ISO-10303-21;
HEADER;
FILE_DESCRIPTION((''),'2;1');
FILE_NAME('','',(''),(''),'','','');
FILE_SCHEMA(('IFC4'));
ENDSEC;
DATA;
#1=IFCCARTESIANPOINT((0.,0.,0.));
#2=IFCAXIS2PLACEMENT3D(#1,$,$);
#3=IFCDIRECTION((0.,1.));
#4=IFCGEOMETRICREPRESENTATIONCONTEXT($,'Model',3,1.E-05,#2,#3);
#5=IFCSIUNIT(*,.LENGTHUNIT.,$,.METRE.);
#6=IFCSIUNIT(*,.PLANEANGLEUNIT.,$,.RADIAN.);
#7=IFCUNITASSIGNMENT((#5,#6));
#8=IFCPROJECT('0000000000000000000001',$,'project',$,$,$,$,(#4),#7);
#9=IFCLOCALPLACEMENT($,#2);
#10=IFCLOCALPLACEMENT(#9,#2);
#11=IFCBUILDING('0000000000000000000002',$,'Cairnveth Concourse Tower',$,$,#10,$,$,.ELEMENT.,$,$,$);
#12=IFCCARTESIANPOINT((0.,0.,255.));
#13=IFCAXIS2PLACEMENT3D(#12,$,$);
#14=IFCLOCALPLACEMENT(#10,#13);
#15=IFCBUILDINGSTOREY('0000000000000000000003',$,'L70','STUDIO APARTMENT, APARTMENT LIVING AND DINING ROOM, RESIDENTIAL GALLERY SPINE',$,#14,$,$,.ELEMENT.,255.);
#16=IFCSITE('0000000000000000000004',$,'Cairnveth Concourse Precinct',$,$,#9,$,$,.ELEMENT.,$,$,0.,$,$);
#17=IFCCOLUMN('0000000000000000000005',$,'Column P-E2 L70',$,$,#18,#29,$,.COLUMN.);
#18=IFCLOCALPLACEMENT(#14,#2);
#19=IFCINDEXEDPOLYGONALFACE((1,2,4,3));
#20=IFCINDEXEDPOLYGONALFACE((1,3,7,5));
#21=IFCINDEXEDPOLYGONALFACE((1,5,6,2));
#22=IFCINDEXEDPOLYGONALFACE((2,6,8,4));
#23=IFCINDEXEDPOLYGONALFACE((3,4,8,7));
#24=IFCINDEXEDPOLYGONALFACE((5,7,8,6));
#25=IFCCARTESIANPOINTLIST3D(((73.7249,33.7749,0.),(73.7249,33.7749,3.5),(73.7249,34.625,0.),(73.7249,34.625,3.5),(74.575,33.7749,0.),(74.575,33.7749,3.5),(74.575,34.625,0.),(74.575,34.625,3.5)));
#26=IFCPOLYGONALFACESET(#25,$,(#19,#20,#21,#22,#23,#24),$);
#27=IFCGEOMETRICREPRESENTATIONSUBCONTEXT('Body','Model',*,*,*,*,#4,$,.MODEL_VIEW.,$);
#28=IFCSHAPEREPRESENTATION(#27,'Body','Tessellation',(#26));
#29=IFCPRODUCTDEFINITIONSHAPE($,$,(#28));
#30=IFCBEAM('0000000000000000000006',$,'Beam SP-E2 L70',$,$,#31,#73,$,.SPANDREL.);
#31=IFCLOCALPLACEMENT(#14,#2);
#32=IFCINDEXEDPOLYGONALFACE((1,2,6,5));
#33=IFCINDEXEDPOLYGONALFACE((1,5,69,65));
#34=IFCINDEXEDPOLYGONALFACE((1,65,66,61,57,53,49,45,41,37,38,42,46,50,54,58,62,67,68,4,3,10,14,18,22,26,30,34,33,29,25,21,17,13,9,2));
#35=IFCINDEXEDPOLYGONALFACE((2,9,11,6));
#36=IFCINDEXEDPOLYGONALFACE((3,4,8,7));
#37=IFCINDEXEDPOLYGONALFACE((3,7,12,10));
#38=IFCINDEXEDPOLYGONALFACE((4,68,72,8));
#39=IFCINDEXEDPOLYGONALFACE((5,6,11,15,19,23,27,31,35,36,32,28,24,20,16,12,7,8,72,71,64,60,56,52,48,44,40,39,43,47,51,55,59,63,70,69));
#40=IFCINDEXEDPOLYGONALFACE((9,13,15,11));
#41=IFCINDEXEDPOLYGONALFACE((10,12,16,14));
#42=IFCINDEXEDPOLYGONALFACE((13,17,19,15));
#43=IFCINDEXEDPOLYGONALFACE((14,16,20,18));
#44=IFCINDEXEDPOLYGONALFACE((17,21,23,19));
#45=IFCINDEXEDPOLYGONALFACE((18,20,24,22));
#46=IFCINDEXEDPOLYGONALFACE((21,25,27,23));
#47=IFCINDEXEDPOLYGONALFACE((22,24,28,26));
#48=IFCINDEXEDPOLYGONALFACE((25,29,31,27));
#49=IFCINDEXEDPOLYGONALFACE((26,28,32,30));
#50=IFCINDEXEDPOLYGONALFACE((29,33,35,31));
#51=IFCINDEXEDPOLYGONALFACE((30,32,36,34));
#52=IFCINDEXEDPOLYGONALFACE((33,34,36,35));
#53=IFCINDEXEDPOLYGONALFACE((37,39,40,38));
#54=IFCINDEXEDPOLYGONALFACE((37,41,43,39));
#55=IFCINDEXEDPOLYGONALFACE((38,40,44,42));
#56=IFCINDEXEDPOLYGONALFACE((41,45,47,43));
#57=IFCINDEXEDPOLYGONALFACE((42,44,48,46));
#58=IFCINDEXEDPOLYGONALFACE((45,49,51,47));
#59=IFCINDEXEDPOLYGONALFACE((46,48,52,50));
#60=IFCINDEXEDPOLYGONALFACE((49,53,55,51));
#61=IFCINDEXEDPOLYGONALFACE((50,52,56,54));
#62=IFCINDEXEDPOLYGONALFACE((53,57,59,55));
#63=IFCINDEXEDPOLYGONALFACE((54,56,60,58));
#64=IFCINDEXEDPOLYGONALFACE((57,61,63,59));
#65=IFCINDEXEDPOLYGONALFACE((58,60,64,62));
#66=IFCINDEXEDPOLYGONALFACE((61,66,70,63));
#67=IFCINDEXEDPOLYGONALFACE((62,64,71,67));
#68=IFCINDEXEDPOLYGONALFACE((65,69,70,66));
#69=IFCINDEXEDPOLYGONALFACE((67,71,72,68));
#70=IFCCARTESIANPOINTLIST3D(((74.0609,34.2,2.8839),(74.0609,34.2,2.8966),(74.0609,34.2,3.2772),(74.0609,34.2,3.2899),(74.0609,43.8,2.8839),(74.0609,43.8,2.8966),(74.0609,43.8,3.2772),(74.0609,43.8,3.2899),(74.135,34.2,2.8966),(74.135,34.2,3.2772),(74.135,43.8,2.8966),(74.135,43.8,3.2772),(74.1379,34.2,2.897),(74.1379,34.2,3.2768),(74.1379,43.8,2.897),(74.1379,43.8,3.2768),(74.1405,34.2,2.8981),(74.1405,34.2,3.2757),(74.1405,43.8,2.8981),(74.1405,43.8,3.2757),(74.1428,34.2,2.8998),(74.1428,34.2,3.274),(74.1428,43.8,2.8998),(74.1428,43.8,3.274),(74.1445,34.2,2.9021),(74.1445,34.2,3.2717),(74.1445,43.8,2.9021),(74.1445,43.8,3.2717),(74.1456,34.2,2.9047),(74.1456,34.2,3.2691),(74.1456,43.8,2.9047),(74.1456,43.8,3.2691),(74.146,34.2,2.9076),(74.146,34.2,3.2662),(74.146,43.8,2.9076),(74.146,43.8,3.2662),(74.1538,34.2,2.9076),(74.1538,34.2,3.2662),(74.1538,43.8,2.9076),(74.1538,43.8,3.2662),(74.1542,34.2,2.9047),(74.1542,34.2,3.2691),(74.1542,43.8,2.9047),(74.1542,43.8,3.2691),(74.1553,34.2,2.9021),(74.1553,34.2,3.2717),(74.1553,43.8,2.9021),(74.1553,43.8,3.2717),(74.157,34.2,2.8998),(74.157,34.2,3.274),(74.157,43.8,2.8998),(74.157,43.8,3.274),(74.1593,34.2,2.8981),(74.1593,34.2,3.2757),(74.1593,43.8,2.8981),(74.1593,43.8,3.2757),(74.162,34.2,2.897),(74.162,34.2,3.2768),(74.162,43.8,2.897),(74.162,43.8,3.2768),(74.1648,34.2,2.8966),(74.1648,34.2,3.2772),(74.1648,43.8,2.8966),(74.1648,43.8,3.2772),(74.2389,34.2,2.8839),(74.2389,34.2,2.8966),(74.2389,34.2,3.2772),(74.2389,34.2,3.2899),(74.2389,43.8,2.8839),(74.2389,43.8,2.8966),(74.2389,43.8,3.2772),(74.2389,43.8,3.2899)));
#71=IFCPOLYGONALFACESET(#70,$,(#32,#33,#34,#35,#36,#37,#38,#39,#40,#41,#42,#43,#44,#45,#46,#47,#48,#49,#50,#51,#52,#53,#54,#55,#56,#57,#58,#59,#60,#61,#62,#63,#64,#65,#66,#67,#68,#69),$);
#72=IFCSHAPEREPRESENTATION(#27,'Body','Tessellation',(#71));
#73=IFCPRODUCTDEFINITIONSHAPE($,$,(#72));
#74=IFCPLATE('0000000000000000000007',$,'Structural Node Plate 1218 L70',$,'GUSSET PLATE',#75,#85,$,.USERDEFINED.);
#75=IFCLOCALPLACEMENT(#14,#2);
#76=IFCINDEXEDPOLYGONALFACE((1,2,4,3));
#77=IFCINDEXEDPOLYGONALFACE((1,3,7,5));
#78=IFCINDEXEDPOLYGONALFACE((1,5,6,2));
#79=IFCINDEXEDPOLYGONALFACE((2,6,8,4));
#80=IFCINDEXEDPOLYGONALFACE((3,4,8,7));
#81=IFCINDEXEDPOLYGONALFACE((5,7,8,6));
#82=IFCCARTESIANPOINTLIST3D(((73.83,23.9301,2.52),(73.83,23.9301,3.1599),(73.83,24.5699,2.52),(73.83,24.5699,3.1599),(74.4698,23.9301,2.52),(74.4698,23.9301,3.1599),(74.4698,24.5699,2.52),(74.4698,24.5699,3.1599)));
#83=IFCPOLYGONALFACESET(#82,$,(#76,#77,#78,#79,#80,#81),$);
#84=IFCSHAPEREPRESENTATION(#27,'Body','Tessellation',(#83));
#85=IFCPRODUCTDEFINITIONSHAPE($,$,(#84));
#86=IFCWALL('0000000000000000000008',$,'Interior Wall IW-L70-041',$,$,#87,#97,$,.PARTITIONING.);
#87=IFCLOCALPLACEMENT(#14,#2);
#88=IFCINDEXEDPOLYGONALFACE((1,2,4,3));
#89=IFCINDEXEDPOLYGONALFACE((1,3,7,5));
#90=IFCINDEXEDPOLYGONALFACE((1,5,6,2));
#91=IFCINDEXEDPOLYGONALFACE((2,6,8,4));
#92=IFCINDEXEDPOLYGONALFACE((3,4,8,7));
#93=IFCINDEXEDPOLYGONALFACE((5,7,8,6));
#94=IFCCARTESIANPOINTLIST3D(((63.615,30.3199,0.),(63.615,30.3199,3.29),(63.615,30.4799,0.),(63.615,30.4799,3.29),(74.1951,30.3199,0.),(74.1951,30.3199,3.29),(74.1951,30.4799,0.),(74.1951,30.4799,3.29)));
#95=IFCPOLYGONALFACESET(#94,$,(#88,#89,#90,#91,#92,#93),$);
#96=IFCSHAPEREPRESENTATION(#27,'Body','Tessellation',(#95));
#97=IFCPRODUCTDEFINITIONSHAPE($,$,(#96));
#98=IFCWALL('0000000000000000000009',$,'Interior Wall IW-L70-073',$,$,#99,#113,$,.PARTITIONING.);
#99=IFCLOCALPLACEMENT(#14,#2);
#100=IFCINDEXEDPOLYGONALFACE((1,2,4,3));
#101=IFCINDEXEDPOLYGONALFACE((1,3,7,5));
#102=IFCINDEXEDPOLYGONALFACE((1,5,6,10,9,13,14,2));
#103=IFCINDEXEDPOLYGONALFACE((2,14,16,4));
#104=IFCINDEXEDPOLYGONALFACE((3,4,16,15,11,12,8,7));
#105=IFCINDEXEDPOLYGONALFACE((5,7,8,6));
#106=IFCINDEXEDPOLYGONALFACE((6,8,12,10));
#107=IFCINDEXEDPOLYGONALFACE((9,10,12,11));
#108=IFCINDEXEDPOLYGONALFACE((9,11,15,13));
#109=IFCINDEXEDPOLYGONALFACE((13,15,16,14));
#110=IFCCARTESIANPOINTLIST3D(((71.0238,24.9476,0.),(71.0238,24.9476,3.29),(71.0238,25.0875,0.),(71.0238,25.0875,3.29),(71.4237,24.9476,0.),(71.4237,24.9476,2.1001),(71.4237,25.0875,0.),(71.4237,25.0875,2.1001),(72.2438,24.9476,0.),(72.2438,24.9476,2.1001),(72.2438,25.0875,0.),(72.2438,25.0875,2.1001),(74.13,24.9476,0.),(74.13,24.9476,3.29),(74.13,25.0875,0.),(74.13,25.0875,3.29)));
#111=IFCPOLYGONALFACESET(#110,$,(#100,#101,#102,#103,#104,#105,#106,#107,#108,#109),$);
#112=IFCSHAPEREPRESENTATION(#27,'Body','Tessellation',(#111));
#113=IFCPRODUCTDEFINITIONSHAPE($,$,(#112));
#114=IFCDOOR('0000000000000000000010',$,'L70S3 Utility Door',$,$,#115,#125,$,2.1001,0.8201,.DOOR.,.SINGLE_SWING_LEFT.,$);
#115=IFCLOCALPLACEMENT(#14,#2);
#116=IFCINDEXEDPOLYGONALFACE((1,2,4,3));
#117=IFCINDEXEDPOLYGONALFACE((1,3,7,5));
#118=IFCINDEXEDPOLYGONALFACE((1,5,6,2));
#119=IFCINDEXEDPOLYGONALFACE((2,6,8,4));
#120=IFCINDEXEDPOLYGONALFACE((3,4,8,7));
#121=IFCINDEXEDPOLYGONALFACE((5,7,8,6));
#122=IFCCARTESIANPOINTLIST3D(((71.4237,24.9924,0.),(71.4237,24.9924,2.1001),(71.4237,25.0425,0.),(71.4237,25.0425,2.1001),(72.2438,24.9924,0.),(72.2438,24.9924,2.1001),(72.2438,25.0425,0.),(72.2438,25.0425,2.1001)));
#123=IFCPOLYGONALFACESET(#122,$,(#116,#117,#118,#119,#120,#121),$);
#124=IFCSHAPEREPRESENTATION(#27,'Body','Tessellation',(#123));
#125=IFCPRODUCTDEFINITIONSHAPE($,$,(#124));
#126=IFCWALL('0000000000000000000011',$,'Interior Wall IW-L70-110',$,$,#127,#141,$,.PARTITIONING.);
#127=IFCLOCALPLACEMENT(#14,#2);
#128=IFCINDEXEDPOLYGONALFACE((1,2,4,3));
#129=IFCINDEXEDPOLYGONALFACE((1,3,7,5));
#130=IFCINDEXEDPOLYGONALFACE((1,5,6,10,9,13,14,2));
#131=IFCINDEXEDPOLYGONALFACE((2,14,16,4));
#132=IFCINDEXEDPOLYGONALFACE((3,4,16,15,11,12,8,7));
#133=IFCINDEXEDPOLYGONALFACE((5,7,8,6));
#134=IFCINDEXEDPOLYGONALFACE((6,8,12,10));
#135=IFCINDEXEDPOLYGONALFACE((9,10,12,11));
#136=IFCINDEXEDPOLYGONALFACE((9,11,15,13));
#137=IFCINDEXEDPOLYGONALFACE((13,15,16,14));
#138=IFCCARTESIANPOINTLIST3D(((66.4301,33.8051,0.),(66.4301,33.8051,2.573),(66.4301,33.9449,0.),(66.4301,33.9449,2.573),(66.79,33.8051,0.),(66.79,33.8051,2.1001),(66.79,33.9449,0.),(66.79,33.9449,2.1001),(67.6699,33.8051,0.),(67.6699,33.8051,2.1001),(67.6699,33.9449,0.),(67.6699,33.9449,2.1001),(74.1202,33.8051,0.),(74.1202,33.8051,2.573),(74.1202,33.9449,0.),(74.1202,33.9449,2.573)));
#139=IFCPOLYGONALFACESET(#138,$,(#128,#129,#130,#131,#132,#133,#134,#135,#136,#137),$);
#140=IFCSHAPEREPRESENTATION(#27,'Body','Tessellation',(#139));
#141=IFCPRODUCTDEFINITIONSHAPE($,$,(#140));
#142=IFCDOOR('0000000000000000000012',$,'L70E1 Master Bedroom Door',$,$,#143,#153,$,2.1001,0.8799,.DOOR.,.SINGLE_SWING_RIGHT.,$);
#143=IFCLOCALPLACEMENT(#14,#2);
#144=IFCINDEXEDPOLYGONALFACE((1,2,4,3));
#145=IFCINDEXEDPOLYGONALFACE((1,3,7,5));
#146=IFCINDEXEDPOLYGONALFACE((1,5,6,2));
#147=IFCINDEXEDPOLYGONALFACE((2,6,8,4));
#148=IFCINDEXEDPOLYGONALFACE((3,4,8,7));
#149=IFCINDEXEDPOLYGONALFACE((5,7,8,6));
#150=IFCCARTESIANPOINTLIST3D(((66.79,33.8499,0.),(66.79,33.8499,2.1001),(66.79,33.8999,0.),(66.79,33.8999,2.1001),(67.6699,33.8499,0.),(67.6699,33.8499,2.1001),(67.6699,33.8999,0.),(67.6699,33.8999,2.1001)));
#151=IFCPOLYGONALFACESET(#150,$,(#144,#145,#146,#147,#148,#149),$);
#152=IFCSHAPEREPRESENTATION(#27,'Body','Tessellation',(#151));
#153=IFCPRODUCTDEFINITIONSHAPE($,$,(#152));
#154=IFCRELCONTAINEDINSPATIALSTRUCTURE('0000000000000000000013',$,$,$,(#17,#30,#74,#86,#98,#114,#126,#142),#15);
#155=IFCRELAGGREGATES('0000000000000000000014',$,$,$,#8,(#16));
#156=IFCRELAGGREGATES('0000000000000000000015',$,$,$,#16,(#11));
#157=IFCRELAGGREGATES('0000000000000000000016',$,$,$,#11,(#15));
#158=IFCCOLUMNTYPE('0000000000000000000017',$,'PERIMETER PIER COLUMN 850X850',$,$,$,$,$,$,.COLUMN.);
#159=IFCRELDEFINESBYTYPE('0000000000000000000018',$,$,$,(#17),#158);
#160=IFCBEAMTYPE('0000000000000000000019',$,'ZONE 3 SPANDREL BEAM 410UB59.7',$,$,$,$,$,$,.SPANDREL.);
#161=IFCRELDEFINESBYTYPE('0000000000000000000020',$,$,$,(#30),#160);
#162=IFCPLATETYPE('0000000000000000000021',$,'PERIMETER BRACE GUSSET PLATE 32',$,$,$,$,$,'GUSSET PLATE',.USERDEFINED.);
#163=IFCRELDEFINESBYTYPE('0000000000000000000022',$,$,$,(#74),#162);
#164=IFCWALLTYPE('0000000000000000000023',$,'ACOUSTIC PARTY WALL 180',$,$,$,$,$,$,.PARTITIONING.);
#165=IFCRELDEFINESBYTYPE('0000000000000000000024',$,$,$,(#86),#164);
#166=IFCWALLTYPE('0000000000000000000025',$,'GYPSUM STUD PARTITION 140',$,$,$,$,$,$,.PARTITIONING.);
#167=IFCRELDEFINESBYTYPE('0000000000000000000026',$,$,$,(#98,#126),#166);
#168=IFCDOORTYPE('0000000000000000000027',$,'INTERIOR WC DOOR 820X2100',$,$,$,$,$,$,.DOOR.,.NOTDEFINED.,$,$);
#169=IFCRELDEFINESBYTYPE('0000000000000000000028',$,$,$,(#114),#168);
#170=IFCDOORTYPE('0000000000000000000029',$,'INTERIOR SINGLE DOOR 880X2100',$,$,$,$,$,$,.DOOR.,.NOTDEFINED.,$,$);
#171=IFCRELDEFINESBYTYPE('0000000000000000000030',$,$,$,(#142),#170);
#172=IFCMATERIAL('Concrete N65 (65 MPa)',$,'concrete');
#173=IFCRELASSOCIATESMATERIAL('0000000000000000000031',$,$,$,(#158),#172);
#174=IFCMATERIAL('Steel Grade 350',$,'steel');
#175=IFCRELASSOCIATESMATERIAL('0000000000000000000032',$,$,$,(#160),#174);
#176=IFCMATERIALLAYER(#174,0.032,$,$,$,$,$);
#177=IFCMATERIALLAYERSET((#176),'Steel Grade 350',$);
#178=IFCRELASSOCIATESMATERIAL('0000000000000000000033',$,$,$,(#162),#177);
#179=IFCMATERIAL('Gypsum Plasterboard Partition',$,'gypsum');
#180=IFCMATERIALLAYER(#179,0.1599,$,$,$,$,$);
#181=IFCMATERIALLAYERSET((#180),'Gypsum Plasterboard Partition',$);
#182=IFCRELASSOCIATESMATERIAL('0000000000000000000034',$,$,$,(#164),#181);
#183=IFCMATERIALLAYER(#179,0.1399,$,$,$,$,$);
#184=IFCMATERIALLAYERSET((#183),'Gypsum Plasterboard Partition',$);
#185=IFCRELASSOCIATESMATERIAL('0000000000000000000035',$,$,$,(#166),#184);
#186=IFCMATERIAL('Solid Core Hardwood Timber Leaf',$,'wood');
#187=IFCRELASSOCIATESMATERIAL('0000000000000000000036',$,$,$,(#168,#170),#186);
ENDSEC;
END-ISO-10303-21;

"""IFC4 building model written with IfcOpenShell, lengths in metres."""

from ifc_helpers import new_model, si_unit, direction, frame, frame_2d, origin, origin_2d, place, context, subcontext, project, spatial, rectangle, i_section, extrude, material, layer, layer_set, material_profile, profile_set, type_object, element, fill, save


model = new_model("IFC4")

# Units and contexts
model_context = context("Model", 3, precision=1e-05, world=origin(), true_north=direction((0.0, 1.0)))
body_context = subcontext(model_context, "Body", "Model", "MODEL_VIEW")
ifc_project = project(units=[si_unit("LENGTHUNIT", "METRE"), si_unit("PLANEANGLEUNIT", "RADIAN")], contexts=[model_context])

# Site, building, storey
site_placement = place(None, origin())
site = spatial("IfcSite", under=ifc_project, at=site_placement, Name="Cairnveth Concourse Precinct", CompositionType="ELEMENT", RefElevation=0.0)
building_placement = place(site_placement, origin())
building = spatial("IfcBuilding", under=site, at=building_placement, Name="Cairnveth Concourse Tower", CompositionType="ELEMENT")
storey_placement = place(building_placement, frame((0.0, 0.0, 255.0)))
storey = spatial("IfcBuildingStorey", under=building, at=storey_placement, Name="L70", Description="STUDIO APARTMENT, APARTMENT LIVING AND DINING ROOM, RESIDENTIAL GALLERY SPINE", CompositionType="ELEMENT", Elevation=255.0)

# Column
ifc_material_1 = material(Name="Concrete N65 (65 MPa)", Category="concrete")
ifc_material_profile_1 = material_profile(ifc_material_1, rectangle(XDim=0.8501, YDim=0.8501, at=origin_2d()), Name="RC-COL-850x850")
ifc_profile_set_1 = profile_set([ifc_material_profile_1], Name="Concrete N65 (65 MPa)")
column_type = type_object("IfcColumnType", Name="PERIMETER PIER COLUMN 850X850", PredefinedType="COLUMN", material=ifc_profile_set_1)
column_placement = place(storey_placement, frame((74.1499, 34.2, 0.0), z_axis=(0.0, 0.0, 1.0), x_axis=(0.0, 1.0, 0.0)))
element("IfcColumn", 1, at=column_placement, inside=storey, type_object=column_type, Name="Column P-E2 L70", PredefinedType="COLUMN", context=body_context, shape_type="SweptSolid", body=[
    extrude(rectangle(XDim=0.8501, YDim=0.8501, at=origin_2d()), origin(), (0.0, 0.0, 1.0), 3.5),
])

# Beam
ifc_material_2 = material(Name="Steel Grade 350", Category="steel")
ifc_material_profile_2 = material_profile(ifc_material_2, i_section(OverallWidth=0.178, OverallDepth=0.406, WebThickness=0.0078, FlangeThickness=0.0127, FilletRadius=0.011, at=origin_2d()), Name="410UB59.7")
ifc_profile_set_2 = profile_set([ifc_material_profile_2], Name="Steel Grade 350")
beam_type = type_object("IfcBeamType", Name="ZONE 3 SPANDREL BEAM 410UB59.7", PredefinedType="SPANDREL", material=ifc_profile_set_2)
beam_placement = place(storey_placement, frame((74.1499, 34.2, 3.0869), z_axis=(0.0, 1.0, 0.0), x_axis=(-1.0, 0.0, 0.0)))
element("IfcBeam", 2, at=beam_placement, inside=storey, type_object=beam_type, Name="Beam SP-E2 L70", PredefinedType="SPANDREL", context=body_context, shape_type="SweptSolid", body=[
    extrude(i_section(OverallWidth=0.178, OverallDepth=0.406, WebThickness=0.0078, FlangeThickness=0.0127, FilletRadius=0.011, at=origin_2d()), origin(), (0.0, 0.0, 1.0), 9.6001),
])

# Plate
ifc_layer_1 = layer(ifc_material_2, 0.032)
ifc_layer_set_1 = layer_set([ifc_layer_1], Name="Steel Grade 350")
plate_type = type_object("IfcPlateType", Name="PERIMETER BRACE GUSSET PLATE 32", ElementType="GUSSET PLATE", PredefinedType="USERDEFINED", material=ifc_layer_set_1)
plate_placement = place(storey_placement, frame((74.1499, 24.25, 2.52), z_axis=(0.0, 0.0, 1.0), x_axis=(1.0, 0.0, 0.0)))
element("IfcPlate", 3, at=plate_placement, inside=storey, type_object=plate_type, Name="Structural Node Plate 1218 L70", ObjectType="GUSSET PLATE", PredefinedType="USERDEFINED", context=body_context, shape_type="SweptSolid", body=[
    extrude(rectangle(XDim=0.6399, YDim=0.6399, at=origin_2d()), origin(), (0.0, 0.0, 1.0), 0.6399),
])

# Wall
ifc_material_3 = material(Name="Gypsum Plasterboard Partition", Category="gypsum")
ifc_layer_2 = layer(ifc_material_3, 0.1599)
ifc_layer_set_2 = layer_set([ifc_layer_2], Name="Gypsum Plasterboard Partition")
wall_type_1 = type_object("IfcWallType", Name="ACOUSTIC PARTY WALL 180", PredefinedType="PARTITIONING", material=ifc_layer_set_2)
wall_1_placement = place(storey_placement, frame((63.615, 30.3999, 0.0), z_axis=(0.0, 0.0, 1.0), x_axis=(1.0, 0.0, 0.0)))
element("IfcWall", 4, at=wall_1_placement, inside=storey, type_object=wall_type_1, Name="Interior Wall IW-L70-041", PredefinedType="PARTITIONING", context=body_context, shape_type="SweptSolid", body=[
    extrude(rectangle(XDim=10.5801, YDim=0.1599, at=frame_2d((5.29, 0.0))), origin(), (0.0, 0.0, 1.0), 3.29),
])

# Walls, openings, doors
ifc_layer_3 = layer(ifc_material_3, 0.1399)
ifc_layer_set_3 = layer_set([ifc_layer_3], Name="Gypsum Plasterboard Partition")
wall_type_2 = type_object("IfcWallType", Name="GYPSUM STUD PARTITION 140", PredefinedType="PARTITIONING", material=ifc_layer_set_3)
wall_2_placement = place(storey_placement, frame((71.0237, 25.0176, 0.0), z_axis=(0.0, 0.0, 1.0), x_axis=(1.0, 0.0, 0.0)))
wall_2 = element("IfcWall", 5, at=wall_2_placement, inside=storey, type_object=wall_type_2, Name="Interior Wall IW-L70-073", PredefinedType="PARTITIONING", context=body_context, shape_type="SweptSolid", body=[
    extrude(rectangle(XDim=3.1062, YDim=0.1399, at=frame_2d((1.5532, 0.0))), origin(), (0.0, 0.0, 1.0), 3.29),
])
opening_1_placement = place(wall_2_placement, frame((0.3999, 0.0, 0.0)))
opening_1 = element("IfcOpeningElement", 6, at=opening_1_placement, cuts=wall_2, PredefinedType="OPENING", context=body_context, shape_type="SweptSolid", body=[
    extrude(rectangle(XDim=0.8201, YDim=2.1001, at=frame_2d((0.4102, 1.05))), frame((0.0, 0.0798, 0.0), z_axis=(0.0, -1.0, 0.0), x_axis=(1.0, 0.0, 0.0)), (0.0, 0.0, 1.0), 0.1599),
])
ifc_material_4 = material(Name="Solid Core Hardwood Timber Leaf", Category="wood")
door_type_1 = type_object("IfcDoorType", Name="INTERIOR WC DOOR 820X2100", OperationType="NOTDEFINED", PredefinedType="DOOR", material=ifc_material_4)
door_1_placement = place(opening_1_placement, origin())
door_1 = element("IfcDoor", 7, at=door_1_placement, inside=storey, type_object=door_type_1, Name="L70S3 Utility Door", OperationType="SINGLE_SWING_LEFT", OverallHeight=2.1001, OverallWidth=0.8201, PredefinedType="DOOR", context=body_context, shape_type="SweptSolid", body=[
    extrude(rectangle(XDim=0.8201, YDim=2.1001, at=frame_2d((0.4102, 1.05))), frame((0.0, 0.0249, 0.0), z_axis=(0.0, -1.0, 0.0), x_axis=(1.0, 0.0, 0.0)), (0.0, 0.0, 1.0), 0.05),
])
fill(opening_1, door_1)
wall_3_placement = place(storey_placement, frame((66.4299, 33.875, 0.0), z_axis=(0.0, 0.0, 1.0), x_axis=(1.0, 0.0, 0.0)))
wall_3 = element("IfcWall", 8, at=wall_3_placement, inside=storey, type_object=wall_type_2, Name="Interior Wall IW-L70-110", PredefinedType="PARTITIONING", context=body_context, shape_type="SweptSolid", body=[
    extrude(rectangle(XDim=7.6902, YDim=0.1399, at=frame_2d((3.8452, 0.0))), origin(), (0.0, 0.0, 1.0), 2.573),
])
opening_2_placement = place(wall_3_placement, frame((0.3601, 0.0, 0.0)))
opening_2 = element("IfcOpeningElement", 9, at=opening_2_placement, cuts=wall_3, PredefinedType="OPENING", context=body_context, shape_type="SweptSolid", body=[
    extrude(rectangle(XDim=0.8799, YDim=2.1001, at=frame_2d((0.4399, 1.05))), frame((0.0, 0.0798, 0.0), z_axis=(0.0, -1.0, 0.0), x_axis=(1.0, 0.0, 0.0)), (0.0, 0.0, 1.0), 0.1599),
])
door_type_2 = type_object("IfcDoorType", Name="INTERIOR SINGLE DOOR 880X2100", OperationType="NOTDEFINED", PredefinedType="DOOR", material=ifc_material_4)
door_2_placement = place(opening_2_placement, origin())
door_2 = element("IfcDoor", 10, at=door_2_placement, inside=storey, type_object=door_type_2, Name="L70E1 Master Bedroom Door", OperationType="SINGLE_SWING_RIGHT", OverallHeight=2.1001, OverallWidth=0.8799, PredefinedType="DOOR", context=body_context, shape_type="SweptSolid", body=[
    extrude(rectangle(XDim=0.8799, YDim=2.1001, at=frame_2d((0.4399, 1.05))), frame((0.0, 0.0249, 0.0), z_axis=(0.0, -1.0, 0.0), x_axis=(1.0, 0.0, 0.0)), (0.0, 0.0, 1.0), 0.05),
])
fill(opening_2, door_2)

save(model, "model.ifc")
